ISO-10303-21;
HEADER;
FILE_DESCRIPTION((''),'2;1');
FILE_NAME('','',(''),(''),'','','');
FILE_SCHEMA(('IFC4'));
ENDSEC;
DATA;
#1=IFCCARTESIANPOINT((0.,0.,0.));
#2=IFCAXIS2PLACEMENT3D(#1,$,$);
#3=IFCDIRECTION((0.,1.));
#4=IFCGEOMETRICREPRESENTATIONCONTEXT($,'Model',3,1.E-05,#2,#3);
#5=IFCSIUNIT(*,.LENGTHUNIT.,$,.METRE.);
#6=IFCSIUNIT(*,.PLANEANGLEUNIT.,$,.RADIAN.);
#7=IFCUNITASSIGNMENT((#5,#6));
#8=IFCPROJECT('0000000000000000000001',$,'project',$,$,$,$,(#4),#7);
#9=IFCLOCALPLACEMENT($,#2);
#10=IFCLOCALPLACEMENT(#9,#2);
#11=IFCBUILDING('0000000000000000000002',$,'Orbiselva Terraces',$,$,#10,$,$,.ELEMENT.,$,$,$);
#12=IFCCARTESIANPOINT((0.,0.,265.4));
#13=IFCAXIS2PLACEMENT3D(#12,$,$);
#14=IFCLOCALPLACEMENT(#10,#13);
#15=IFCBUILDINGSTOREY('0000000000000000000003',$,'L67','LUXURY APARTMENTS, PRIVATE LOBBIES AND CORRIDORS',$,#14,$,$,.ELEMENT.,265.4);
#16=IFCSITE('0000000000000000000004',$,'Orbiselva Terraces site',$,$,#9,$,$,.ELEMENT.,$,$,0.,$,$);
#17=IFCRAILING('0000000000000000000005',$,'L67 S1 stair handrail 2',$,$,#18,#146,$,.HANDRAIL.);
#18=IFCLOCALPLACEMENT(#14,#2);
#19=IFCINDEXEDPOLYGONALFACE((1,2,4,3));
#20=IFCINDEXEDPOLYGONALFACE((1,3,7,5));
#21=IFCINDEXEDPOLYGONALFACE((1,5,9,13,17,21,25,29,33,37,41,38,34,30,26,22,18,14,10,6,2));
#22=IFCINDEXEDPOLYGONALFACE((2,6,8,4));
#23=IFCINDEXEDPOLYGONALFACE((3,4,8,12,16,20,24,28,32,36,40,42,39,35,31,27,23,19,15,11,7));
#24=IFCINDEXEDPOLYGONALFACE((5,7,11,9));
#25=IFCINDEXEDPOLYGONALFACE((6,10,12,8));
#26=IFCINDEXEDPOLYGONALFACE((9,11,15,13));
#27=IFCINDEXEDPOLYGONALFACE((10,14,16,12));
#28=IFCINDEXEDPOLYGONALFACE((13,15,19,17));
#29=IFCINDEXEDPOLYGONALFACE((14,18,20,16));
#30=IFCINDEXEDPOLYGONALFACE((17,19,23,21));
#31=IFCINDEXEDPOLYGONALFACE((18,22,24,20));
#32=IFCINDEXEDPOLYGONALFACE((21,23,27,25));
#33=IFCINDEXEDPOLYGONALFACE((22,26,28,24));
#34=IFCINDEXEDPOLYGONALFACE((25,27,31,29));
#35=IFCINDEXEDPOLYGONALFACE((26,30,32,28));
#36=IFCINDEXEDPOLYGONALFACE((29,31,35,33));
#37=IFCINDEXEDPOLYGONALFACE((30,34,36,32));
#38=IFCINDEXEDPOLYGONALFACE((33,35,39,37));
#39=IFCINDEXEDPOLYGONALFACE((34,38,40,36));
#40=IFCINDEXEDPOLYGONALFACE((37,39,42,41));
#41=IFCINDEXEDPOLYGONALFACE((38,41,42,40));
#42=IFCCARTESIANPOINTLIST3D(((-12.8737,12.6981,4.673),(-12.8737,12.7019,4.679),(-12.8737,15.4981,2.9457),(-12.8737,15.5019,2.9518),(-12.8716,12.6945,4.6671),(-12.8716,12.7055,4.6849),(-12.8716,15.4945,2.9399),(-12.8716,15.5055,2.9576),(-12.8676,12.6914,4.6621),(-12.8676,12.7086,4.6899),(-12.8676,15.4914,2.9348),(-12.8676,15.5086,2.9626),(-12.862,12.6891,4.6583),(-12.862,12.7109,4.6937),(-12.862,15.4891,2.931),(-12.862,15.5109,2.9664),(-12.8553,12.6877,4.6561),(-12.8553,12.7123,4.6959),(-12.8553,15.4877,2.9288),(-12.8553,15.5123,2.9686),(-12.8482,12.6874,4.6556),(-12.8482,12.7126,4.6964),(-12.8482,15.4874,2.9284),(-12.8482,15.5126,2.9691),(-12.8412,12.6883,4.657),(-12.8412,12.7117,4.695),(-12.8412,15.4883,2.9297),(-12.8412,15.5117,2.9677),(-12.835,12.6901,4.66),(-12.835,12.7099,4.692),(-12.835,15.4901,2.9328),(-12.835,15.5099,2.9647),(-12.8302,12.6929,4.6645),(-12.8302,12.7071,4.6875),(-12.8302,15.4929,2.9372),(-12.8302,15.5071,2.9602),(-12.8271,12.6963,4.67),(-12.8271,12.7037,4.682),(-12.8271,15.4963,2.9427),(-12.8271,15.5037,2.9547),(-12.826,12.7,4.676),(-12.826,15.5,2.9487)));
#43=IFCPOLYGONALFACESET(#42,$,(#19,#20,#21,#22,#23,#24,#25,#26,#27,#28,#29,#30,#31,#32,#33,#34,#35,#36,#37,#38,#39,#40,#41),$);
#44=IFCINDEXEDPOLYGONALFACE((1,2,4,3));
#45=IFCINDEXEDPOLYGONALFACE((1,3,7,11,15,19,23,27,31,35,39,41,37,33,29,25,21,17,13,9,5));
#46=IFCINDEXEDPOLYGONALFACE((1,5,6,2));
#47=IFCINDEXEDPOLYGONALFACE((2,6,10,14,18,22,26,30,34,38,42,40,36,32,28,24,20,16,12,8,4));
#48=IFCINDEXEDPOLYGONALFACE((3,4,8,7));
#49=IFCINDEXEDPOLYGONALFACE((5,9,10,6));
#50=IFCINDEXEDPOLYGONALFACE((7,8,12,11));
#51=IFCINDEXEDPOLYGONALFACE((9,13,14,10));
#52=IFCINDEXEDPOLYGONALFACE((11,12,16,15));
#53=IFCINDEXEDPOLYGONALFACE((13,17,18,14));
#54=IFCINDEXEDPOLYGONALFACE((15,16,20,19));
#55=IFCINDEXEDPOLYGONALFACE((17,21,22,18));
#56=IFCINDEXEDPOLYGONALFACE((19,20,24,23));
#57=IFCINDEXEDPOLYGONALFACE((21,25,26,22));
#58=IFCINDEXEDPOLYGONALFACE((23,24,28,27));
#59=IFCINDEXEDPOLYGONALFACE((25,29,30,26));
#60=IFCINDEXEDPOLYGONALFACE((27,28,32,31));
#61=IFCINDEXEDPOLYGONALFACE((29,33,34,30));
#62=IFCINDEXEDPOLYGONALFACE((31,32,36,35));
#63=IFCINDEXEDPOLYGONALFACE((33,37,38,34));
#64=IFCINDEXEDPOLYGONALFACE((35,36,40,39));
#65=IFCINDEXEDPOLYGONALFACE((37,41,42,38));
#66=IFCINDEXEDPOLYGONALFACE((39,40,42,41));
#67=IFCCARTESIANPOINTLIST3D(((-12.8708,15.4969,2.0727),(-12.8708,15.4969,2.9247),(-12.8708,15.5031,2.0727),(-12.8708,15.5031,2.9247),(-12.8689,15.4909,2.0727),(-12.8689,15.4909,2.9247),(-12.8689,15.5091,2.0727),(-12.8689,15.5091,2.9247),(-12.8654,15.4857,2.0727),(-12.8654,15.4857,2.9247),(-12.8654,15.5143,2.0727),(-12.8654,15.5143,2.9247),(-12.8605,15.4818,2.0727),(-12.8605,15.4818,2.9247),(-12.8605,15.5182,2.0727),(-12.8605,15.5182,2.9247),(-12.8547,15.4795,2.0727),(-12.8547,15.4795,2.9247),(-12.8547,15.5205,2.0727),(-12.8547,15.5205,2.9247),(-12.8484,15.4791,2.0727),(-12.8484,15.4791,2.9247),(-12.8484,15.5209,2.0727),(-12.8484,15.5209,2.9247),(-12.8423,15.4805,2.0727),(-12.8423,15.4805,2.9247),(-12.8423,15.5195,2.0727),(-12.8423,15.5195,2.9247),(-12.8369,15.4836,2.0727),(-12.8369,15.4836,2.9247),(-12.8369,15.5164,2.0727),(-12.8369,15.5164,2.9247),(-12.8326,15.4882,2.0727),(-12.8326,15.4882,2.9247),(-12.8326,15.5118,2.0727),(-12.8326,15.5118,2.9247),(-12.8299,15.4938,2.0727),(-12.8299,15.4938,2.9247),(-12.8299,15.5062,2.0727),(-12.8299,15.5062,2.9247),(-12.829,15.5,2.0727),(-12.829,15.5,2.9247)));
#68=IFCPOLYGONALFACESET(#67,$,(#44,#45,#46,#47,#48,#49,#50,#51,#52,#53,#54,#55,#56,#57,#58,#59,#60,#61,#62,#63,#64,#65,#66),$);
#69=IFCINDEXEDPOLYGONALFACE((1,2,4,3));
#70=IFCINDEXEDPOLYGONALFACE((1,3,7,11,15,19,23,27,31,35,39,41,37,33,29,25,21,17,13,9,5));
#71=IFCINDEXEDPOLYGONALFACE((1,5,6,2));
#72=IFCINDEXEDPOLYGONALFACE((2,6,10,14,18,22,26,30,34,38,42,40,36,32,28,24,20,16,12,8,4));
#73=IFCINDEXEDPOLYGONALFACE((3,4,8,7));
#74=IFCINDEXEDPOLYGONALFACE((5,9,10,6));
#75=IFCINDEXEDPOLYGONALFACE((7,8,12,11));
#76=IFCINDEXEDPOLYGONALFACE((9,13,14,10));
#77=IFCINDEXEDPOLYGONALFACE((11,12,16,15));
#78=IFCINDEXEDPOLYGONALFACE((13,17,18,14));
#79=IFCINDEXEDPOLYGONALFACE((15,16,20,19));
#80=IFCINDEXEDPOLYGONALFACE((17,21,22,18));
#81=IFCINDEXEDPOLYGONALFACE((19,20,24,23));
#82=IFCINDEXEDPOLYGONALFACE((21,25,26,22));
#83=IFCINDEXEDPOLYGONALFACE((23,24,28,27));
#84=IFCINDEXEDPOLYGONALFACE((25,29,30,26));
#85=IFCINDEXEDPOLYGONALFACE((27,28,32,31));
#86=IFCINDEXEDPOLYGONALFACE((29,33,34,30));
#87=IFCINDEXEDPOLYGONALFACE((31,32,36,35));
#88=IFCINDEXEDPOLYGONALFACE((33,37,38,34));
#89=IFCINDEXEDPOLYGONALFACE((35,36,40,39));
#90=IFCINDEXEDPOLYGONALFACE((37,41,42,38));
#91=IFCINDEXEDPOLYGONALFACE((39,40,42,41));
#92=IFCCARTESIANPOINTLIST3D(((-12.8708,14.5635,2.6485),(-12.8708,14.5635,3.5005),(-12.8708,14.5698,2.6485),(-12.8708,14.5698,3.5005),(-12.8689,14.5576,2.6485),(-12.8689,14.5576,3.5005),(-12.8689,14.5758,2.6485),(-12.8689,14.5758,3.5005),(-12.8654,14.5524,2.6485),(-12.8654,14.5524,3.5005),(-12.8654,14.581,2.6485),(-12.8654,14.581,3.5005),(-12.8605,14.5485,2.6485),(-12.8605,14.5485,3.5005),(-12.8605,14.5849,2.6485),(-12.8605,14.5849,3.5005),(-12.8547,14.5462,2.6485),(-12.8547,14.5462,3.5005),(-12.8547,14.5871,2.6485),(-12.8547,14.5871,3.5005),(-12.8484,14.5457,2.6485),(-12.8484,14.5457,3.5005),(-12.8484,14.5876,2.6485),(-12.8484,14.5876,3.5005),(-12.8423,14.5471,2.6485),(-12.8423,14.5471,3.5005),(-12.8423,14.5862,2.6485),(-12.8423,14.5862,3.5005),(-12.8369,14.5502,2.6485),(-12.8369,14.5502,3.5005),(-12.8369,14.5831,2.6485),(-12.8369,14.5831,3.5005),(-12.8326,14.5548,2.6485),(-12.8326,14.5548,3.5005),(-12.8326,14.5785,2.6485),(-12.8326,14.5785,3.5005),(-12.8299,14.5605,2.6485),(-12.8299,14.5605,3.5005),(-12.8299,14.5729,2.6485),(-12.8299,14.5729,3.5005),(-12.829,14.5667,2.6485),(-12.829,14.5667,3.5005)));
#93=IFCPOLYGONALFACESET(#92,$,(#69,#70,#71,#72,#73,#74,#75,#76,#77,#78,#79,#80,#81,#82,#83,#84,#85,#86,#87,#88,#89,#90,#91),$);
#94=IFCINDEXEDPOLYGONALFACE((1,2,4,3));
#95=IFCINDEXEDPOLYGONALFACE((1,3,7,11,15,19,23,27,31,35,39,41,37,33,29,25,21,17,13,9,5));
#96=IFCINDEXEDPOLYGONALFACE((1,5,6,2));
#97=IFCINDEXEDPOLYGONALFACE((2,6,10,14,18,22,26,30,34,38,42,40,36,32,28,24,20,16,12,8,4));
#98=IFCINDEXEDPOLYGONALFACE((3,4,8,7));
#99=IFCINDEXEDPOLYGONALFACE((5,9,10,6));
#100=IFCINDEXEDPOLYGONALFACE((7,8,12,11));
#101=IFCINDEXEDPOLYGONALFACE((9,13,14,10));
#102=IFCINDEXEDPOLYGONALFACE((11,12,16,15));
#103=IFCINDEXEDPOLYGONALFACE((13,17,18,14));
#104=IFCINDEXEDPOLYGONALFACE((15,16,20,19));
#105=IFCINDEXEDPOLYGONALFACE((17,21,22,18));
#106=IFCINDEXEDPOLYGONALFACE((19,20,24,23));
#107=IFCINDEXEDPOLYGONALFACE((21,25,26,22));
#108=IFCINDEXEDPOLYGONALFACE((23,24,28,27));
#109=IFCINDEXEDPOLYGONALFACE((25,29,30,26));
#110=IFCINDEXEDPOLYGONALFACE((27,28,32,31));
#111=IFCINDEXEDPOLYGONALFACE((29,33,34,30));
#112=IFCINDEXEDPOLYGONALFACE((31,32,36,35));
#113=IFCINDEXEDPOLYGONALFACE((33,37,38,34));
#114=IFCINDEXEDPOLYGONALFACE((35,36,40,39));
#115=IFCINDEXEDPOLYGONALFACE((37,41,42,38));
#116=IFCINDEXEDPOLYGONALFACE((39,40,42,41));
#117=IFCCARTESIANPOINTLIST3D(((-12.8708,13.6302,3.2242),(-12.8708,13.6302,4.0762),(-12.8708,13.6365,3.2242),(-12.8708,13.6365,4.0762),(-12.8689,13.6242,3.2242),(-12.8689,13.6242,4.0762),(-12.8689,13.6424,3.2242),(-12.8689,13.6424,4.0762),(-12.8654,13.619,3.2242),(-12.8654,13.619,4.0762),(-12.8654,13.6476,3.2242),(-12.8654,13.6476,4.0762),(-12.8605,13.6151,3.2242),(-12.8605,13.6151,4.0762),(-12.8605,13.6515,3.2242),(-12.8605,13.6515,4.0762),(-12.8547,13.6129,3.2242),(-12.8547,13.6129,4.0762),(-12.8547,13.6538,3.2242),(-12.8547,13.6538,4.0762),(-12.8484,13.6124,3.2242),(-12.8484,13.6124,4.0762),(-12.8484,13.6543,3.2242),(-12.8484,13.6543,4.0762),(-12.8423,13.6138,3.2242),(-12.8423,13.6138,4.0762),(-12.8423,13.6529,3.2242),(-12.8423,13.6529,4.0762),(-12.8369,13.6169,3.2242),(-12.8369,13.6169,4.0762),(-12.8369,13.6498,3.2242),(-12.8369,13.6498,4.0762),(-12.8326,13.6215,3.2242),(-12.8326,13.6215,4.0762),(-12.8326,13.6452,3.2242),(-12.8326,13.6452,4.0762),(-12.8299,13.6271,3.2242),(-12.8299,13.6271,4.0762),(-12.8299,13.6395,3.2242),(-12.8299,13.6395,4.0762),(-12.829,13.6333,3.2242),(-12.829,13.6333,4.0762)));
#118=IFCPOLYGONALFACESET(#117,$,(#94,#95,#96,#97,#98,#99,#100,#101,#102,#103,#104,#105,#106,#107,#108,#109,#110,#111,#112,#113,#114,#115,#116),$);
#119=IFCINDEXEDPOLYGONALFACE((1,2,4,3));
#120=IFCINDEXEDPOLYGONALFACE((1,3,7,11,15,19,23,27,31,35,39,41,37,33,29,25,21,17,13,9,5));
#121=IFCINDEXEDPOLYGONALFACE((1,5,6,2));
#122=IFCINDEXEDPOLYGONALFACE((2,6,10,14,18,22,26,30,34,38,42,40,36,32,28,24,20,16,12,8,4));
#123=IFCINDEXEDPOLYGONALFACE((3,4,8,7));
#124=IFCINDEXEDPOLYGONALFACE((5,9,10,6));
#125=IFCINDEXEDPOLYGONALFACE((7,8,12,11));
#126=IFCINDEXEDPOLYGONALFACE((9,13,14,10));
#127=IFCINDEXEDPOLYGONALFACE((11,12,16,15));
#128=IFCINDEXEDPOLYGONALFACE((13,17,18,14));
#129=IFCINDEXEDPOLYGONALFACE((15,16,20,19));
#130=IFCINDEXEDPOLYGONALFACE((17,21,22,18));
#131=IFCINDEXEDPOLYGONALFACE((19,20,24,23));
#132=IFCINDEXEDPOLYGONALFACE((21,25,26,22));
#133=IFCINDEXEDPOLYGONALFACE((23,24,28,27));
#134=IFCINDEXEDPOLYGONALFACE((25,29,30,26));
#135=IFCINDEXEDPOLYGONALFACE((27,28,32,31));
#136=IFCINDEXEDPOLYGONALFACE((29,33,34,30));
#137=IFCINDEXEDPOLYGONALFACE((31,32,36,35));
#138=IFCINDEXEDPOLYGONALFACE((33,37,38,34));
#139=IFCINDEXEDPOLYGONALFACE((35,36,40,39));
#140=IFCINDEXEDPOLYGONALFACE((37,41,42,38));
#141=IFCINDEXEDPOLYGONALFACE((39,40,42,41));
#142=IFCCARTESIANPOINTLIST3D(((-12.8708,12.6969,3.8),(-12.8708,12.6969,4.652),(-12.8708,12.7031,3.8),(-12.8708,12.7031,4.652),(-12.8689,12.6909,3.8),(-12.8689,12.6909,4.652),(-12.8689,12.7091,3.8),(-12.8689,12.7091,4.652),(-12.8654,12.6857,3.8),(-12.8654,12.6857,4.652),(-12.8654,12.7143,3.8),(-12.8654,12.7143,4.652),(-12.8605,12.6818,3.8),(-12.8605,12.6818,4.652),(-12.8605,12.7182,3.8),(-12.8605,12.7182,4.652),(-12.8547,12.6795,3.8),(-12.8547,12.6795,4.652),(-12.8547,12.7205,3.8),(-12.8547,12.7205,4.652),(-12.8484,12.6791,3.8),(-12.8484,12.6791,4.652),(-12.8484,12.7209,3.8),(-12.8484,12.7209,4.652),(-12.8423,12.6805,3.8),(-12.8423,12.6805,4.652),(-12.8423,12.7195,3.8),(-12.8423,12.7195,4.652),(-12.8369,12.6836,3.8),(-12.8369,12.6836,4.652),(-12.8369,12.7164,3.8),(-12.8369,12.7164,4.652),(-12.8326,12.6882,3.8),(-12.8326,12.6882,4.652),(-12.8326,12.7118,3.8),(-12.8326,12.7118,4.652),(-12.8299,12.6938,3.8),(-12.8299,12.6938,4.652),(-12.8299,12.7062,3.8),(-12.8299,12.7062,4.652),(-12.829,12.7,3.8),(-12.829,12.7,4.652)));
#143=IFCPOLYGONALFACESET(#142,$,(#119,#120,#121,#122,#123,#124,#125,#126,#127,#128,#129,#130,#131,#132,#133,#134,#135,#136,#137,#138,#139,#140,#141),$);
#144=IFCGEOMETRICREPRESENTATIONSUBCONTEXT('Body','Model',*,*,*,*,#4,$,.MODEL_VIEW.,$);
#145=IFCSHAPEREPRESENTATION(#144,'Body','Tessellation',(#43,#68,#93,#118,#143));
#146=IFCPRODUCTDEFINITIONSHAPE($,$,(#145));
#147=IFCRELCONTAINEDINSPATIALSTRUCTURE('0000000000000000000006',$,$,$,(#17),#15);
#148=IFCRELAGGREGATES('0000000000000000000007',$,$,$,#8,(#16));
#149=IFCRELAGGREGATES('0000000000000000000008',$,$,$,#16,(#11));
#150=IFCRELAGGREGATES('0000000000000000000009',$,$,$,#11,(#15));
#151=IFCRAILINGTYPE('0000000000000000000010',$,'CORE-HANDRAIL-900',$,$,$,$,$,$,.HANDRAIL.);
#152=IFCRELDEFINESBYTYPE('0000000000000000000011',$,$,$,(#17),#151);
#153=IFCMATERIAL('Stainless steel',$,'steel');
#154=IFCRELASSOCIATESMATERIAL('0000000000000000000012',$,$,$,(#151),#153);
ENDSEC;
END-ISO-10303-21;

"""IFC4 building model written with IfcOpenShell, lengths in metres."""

from ifc_helpers import new_model, si_unit, direction, frame, origin, origin_2d, place, context, subcontext, project, spatial, circle, extrude, material, type_object, element, save


model = new_model("IFC4")

# Units and contexts
model_context = context("Model", 3, precision=1e-05, world=origin(), true_north=direction((0.0, 1.0)))
body_context = subcontext(model_context, "Body", "Model", "MODEL_VIEW")
ifc_project = project(units=[si_unit("LENGTHUNIT", "METRE"), si_unit("PLANEANGLEUNIT", "RADIAN")], contexts=[model_context])

# Site, building, storey
site_placement = place(None, origin())
site = spatial("IfcSite", under=ifc_project, at=site_placement, Name="Orbiselva Terraces site", CompositionType="ELEMENT", RefElevation=0.0)
building_placement = place(site_placement, origin())
building = spatial("IfcBuilding", under=site, at=building_placement, Name="Orbiselva Terraces", CompositionType="ELEMENT")
storey_placement = place(building_placement, frame((0.0, 0.0, 265.4)))
storey = spatial("IfcBuildingStorey", under=building, at=storey_placement, Name="L67", Description="LUXURY APARTMENTS, PRIVATE LOBBIES AND CORRIDORS", CompositionType="ELEMENT", Elevation=265.4)

# Railing
ifc_material_1 = material(Name="Stainless steel", Category="steel")
railing_type = type_object("IfcRailingType", Name="CORE-HANDRAIL-900", PredefinedType="HANDRAIL", material=ifc_material_1)
railing_1_placement = place(storey_placement, frame((-12.85, 15.5, 2.0727)))
element("IfcRailing", 1, at=railing_1_placement, inside=storey, type_object=railing_type, Name="L67 S1 stair handrail 2", PredefinedType="HANDRAIL", context=body_context, shape_type="SweptSolid", body=[
    extrude(circle(Radius=0.024, at=origin_2d()), frame((0.0, 0.0, 0.876), z_axis=(0.0, -0.851089, 0.525022), x_axis=(1.0, 0.0, 0.0)), (0.0, 0.0, 1.0), 3.2899),
    extrude(circle(Radius=0.021, at=origin_2d()), origin(), (0.0, 0.0, 1.0), 0.852),
    extrude(circle(Radius=0.021, at=origin_2d()), frame((0.0, -0.9333, 0.5758)), (0.0, 0.0, 1.0), 0.852),
    extrude(circle(Radius=0.021, at=origin_2d()), frame((0.0, -1.8667, 1.1515)), (0.0, 0.0, 1.0), 0.852),
    extrude(circle(Radius=0.021, at=origin_2d()), frame((0.0, -2.8, 1.7273)), (0.0, 0.0, 1.0), 0.852),
])

save(model, "model.ifc")
